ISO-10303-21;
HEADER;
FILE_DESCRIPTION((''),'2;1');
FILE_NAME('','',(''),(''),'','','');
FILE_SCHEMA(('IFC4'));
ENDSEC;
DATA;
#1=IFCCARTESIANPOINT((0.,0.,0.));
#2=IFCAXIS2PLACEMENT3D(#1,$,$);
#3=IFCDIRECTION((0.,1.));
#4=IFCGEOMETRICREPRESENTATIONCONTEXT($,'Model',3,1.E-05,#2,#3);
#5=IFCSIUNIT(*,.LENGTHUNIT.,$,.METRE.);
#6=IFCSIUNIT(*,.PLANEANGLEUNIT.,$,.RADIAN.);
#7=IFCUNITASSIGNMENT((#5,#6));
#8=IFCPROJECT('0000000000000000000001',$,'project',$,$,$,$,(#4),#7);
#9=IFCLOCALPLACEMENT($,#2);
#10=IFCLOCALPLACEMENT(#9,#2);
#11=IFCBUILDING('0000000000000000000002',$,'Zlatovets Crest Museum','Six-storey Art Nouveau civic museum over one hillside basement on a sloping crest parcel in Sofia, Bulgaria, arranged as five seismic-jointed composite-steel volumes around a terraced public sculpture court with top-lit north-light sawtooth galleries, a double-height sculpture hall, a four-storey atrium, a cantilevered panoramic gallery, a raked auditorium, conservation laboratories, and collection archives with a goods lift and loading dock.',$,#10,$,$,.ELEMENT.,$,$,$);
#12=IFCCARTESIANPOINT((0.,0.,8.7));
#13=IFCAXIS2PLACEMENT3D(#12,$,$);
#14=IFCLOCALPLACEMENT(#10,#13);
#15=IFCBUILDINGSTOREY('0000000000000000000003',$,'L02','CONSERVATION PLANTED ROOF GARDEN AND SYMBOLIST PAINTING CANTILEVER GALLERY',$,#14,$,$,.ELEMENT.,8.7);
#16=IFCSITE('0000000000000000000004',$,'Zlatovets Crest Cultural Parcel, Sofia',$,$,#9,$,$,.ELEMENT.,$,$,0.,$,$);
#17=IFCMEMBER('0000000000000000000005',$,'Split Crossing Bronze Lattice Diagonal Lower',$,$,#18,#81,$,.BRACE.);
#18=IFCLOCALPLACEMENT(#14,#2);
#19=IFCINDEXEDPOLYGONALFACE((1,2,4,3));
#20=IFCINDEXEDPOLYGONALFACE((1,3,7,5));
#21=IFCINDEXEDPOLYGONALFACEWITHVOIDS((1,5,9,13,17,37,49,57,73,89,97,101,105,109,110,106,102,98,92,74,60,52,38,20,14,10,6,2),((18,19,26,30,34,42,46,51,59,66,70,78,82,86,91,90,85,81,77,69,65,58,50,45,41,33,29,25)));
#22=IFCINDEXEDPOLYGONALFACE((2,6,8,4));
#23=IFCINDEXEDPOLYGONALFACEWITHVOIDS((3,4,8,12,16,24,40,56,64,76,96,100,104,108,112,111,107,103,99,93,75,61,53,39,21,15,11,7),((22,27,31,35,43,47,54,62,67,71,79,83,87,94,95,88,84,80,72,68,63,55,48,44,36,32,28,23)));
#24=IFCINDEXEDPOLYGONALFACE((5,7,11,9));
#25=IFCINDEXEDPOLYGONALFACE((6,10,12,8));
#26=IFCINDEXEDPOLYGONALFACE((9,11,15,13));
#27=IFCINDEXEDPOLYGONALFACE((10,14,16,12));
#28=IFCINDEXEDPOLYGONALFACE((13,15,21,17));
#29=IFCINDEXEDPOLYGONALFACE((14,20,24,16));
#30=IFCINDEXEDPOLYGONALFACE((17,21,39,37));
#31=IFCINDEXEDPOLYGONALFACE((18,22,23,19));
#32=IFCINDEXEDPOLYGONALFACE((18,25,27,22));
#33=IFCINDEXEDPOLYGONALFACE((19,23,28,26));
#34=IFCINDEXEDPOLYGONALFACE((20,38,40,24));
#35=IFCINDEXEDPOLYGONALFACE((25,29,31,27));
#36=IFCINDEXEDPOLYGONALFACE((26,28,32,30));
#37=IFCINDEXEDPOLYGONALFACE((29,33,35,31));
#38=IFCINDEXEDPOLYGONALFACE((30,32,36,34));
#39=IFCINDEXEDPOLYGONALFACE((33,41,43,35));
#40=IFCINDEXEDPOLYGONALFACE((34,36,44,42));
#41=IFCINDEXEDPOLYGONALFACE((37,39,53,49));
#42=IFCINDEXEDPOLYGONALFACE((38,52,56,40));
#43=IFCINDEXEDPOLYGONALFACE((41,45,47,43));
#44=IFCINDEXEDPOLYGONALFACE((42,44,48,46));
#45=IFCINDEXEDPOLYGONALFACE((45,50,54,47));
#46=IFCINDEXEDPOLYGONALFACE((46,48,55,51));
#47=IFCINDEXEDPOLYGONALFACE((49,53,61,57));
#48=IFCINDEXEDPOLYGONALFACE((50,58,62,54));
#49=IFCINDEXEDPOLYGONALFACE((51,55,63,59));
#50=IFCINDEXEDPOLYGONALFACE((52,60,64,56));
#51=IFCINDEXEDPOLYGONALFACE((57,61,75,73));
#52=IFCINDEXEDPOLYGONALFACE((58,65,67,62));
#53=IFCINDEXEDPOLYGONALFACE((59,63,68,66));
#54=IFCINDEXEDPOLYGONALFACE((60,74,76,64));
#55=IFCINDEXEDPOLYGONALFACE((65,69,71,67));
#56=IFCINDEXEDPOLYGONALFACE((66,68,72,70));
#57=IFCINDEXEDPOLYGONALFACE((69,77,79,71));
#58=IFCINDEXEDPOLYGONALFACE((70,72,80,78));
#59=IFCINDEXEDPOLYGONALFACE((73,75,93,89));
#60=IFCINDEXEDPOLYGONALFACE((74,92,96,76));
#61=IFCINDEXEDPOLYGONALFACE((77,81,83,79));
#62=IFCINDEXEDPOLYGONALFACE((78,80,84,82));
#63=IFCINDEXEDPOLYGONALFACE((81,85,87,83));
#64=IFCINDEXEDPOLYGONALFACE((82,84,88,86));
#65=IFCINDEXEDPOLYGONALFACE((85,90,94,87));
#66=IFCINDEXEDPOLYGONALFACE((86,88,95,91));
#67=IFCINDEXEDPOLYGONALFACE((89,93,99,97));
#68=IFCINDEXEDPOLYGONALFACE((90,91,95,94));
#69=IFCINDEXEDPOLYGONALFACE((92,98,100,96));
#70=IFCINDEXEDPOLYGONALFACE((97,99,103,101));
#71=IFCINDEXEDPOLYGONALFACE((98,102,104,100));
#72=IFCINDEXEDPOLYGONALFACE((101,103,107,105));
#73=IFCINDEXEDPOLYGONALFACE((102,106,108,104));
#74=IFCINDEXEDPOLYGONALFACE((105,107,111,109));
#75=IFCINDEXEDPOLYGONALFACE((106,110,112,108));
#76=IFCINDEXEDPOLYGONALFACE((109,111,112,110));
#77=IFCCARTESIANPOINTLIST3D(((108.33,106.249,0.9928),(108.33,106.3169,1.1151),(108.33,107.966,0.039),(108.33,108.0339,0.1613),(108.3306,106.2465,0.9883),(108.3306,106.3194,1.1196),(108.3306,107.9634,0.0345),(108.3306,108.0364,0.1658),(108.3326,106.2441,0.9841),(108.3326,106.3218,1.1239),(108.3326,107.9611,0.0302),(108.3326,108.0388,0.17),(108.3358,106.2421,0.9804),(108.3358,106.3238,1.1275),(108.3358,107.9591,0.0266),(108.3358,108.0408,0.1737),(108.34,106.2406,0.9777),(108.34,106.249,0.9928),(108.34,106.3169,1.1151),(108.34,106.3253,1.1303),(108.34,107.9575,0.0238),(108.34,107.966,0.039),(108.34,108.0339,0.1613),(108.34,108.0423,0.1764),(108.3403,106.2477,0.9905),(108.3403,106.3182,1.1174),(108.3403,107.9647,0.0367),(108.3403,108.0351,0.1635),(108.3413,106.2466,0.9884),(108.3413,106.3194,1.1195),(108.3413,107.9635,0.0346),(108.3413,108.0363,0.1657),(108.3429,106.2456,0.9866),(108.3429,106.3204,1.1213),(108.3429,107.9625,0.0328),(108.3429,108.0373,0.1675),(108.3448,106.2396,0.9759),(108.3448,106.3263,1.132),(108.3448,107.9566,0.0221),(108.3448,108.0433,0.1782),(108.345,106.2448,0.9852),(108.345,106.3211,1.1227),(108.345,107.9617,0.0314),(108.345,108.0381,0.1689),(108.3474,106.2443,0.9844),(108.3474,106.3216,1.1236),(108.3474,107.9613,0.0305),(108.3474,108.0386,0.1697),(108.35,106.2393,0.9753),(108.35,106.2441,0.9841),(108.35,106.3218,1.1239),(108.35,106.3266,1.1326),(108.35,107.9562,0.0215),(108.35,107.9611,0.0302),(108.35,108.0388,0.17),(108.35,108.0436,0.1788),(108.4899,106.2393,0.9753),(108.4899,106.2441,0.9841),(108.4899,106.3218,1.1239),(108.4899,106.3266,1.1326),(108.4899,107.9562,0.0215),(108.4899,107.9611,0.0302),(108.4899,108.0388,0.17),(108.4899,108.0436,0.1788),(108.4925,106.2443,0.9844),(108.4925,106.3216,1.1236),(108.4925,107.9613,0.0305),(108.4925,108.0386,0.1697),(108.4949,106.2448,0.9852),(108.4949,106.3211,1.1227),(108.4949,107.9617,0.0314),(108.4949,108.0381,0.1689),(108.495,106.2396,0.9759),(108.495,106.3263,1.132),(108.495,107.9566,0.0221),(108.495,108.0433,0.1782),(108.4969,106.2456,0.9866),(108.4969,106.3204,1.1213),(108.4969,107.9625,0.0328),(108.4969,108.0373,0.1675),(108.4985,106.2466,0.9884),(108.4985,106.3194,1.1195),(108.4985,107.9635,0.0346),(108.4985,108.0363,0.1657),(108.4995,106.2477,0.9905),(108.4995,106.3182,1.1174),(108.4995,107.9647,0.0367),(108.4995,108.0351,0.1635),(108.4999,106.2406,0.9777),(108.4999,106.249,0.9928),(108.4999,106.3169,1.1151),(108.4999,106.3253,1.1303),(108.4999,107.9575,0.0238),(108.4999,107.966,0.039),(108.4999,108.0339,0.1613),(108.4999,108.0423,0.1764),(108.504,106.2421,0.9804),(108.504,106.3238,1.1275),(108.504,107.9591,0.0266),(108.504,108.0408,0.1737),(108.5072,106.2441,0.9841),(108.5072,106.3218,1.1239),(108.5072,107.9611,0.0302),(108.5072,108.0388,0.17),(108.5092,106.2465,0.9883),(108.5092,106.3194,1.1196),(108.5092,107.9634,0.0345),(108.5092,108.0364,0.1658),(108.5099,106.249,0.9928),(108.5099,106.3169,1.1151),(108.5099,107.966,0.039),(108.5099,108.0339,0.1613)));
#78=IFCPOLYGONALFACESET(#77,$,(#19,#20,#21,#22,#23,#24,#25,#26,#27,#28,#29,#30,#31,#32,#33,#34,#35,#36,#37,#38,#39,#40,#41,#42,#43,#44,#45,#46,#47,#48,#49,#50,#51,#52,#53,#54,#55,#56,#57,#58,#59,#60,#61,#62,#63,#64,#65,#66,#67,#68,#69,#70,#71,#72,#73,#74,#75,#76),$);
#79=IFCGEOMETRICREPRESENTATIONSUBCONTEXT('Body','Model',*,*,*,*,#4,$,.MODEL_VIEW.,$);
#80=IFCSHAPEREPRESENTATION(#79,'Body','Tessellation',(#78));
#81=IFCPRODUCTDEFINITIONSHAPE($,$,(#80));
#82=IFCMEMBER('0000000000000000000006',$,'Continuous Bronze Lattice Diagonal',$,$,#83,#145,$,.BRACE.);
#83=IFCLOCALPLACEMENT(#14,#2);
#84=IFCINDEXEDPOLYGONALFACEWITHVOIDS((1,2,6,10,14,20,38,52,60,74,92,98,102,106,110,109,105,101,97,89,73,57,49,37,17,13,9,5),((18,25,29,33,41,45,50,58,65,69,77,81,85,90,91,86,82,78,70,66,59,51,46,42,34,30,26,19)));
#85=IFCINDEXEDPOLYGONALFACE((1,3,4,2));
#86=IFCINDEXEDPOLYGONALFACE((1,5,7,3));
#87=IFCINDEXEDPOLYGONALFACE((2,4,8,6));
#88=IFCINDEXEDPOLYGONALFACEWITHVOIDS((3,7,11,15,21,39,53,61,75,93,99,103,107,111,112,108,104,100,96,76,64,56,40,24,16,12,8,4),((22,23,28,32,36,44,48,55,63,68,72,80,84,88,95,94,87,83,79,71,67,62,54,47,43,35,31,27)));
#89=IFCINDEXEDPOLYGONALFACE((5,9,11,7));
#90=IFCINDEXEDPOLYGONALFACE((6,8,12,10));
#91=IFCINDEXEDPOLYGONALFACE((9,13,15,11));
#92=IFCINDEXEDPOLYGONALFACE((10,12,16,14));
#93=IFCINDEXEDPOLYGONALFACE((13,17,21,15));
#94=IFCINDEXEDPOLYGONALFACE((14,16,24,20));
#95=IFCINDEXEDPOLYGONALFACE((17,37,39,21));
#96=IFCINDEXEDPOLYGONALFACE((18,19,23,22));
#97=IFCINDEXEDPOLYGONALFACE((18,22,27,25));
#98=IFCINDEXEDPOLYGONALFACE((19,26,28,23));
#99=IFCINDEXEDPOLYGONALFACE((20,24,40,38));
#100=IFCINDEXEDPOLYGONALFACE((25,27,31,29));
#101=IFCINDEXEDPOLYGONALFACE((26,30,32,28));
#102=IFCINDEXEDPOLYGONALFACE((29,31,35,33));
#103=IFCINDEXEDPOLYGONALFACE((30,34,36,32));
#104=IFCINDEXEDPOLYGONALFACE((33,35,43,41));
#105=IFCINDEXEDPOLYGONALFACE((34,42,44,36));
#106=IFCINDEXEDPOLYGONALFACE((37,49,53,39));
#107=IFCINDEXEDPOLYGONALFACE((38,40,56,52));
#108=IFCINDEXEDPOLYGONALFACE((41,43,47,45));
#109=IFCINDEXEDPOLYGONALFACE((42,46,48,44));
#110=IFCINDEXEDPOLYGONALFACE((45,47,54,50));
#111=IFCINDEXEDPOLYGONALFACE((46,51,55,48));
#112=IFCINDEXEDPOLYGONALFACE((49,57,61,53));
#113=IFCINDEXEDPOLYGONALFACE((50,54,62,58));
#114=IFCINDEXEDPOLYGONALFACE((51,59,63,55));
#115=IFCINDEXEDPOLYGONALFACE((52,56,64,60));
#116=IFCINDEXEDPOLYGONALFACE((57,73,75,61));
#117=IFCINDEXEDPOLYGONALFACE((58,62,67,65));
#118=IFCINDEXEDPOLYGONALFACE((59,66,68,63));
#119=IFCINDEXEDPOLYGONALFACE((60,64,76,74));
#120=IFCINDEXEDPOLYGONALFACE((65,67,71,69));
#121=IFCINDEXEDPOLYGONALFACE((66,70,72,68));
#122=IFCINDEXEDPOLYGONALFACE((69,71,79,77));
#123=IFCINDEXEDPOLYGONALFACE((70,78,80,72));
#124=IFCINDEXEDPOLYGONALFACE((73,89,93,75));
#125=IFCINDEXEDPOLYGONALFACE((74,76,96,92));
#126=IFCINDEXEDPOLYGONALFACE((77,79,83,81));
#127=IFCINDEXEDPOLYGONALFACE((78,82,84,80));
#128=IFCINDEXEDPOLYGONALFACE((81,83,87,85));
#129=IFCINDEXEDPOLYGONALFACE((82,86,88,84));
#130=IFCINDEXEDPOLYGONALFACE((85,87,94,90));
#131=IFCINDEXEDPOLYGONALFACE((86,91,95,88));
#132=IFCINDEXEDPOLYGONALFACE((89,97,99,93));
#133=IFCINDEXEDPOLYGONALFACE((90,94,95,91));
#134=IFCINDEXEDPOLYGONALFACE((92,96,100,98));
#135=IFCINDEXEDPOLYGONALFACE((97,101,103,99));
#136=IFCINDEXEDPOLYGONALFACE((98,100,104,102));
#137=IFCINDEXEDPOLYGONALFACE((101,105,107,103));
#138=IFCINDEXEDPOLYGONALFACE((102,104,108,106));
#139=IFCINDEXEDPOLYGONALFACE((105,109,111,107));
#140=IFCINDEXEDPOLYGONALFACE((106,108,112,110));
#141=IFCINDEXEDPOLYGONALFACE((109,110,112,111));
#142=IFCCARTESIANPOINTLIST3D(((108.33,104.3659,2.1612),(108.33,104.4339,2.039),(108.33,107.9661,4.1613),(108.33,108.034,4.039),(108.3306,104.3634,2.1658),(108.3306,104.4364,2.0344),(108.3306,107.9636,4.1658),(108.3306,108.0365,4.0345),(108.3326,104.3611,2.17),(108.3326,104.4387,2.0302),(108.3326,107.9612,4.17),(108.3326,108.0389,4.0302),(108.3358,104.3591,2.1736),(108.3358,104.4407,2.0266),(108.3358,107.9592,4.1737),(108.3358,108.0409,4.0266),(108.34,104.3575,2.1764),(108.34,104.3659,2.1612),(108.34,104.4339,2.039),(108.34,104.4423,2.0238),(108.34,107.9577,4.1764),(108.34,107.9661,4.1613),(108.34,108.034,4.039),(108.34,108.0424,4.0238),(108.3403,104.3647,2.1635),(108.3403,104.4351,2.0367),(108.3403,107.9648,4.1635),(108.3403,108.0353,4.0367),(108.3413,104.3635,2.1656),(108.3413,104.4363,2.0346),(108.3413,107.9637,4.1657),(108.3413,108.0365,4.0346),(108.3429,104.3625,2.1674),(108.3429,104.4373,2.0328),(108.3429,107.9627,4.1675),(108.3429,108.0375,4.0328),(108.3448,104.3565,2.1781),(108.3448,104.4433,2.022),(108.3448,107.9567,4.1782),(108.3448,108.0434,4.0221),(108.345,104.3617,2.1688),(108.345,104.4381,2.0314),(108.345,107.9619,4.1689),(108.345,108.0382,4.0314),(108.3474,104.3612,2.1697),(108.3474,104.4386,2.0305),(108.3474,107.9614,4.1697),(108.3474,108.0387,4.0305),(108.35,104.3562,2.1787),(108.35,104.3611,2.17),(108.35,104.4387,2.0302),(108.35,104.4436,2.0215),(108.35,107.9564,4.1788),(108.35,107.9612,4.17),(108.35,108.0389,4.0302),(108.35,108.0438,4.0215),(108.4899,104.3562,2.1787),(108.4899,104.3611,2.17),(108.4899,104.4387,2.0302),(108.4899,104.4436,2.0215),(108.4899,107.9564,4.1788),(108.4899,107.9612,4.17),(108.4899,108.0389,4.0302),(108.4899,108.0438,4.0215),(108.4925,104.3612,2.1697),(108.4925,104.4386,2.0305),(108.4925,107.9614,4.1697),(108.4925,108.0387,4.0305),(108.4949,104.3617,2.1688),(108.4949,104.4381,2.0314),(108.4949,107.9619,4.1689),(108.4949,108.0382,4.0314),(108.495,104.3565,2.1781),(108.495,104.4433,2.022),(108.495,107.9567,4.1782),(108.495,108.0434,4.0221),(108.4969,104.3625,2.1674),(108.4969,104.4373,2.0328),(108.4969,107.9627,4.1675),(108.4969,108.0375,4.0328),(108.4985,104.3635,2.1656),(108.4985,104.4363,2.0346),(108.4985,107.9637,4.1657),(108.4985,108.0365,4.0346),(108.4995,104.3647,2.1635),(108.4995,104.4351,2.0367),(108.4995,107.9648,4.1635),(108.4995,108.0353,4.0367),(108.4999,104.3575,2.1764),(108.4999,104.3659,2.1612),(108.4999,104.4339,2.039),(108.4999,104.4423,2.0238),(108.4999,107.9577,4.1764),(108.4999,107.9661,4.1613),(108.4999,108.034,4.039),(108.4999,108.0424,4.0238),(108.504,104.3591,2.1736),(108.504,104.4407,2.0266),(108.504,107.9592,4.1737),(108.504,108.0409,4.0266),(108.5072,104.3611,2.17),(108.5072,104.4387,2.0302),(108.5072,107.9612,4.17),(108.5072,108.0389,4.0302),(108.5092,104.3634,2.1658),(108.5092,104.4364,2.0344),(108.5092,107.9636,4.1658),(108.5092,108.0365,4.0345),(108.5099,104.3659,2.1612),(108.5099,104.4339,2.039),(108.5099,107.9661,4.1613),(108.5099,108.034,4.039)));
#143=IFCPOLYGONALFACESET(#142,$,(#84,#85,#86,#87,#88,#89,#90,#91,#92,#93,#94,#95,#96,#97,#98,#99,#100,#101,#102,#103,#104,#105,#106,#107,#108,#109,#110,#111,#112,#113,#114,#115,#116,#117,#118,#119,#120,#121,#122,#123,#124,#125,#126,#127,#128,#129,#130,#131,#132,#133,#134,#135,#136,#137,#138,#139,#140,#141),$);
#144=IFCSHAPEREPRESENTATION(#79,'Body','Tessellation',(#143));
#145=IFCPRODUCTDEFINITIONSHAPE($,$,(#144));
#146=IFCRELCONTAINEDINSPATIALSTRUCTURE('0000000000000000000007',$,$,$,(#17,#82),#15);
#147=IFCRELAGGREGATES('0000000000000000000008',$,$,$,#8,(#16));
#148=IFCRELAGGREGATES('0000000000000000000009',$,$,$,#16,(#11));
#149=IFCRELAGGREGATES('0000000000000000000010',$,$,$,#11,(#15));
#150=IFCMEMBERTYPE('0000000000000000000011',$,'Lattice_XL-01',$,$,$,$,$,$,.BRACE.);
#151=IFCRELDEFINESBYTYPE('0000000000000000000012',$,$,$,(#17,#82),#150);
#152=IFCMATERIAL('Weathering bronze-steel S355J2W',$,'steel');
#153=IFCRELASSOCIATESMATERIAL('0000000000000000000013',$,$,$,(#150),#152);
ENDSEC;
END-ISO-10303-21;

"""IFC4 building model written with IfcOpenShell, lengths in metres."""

from ifc_helpers import new_model, si_unit, direction, frame, origin, origin_2d, place, context, subcontext, project, spatial, hollow_rectangle, extrude, material, material_profile, profile_set, type_object, element, save


model = new_model("IFC4")

# Units and contexts
model_context = context("Model", 3, precision=1e-05, world=origin(), true_north=direction((0.0, 1.0)))
body_context = subcontext(model_context, "Body", "Model", "MODEL_VIEW")
ifc_project = project(units=[si_unit("LENGTHUNIT", "METRE"), si_unit("PLANEANGLEUNIT", "RADIAN")], contexts=[model_context])

# Site, building, storey
site_placement = place(None, origin())
site = spatial("IfcSite", under=ifc_project, at=site_placement, Name="Zlatovets Crest Cultural Parcel, Sofia", CompositionType="ELEMENT", RefElevation=0.0)
building_placement = place(site_placement, origin())
building = spatial("IfcBuilding", under=site, at=building_placement, Name="Zlatovets Crest Museum", Description="Six-storey Art Nouveau civic museum over one hillside basement on a sloping crest parcel in Sofia, Bulgaria, arranged as five seismic-jointed composite-steel volumes around a terraced public sculpture court with top-lit north-light sawtooth galleries, a double-height sculpture hall, a four-storey atrium, a cantilevered panoramic gallery, a raked auditorium, conservation laboratories, and collection archives with a goods lift and loading dock.", CompositionType="ELEMENT")
storey_placement = place(building_placement, frame((0.0, 0.0, 8.7)))
storey = spatial("IfcBuildingStorey", under=building, at=storey_placement, Name="L02", Description="CONSERVATION PLANTED ROOF GARDEN AND SYMBOLIST PAINTING CANTILEVER GALLERY", CompositionType="ELEMENT", Elevation=8.7)

# Members
ifc_material_1 = material(Name="Weathering bronze-steel S355J2W", Category="steel")
ifc_material_profile_1 = material_profile(ifc_material_1, hollow_rectangle(XDim=0.1799, YDim=0.1799, WallThickness=0.01, InnerFilletRadius=0.01, OuterFilletRadius=0.02, at=origin_2d()), Name="SHS 180x180x10.0")
ifc_profile_set_1 = profile_set([ifc_material_profile_1], Name="Weathering bronze-steel S355J2W")
member_type_1 = type_object("IfcMemberType", Name="Lattice_XL-01", PredefinedType="BRACE", material=ifc_profile_set_1)
for number, where, z_axis, x_axis, name in (
    (1, (108.4199, 106.283, 1.054), (0.0, 0.874169, -0.485622), (-1.0, 0.0, 0.0), "Split Crossing Bronze Lattice Diagonal Lower"),
):
    element("IfcMember", number, at=place(storey_placement, frame(where, z_axis=z_axis, x_axis=x_axis)), inside=storey, type_object=member_type_1, Name=name, PredefinedType="BRACE", context=body_context, shape_type="SweptSolid", body=[
        extrude(hollow_rectangle(XDim=0.1799, YDim=0.1799, WallThickness=0.01, InnerFilletRadius=0.01, OuterFilletRadius=0.02, at=origin_2d()), origin(), (0.0, 0.0, 1.0), 1.9641),
    ])
member_1_placement = place(storey_placement, frame((108.4199, 104.3999, 2.1001), z_axis=(0.0, 0.874163, 0.485633), x_axis=(-1.0, 0.0, 0.0)))
element("IfcMember", 2, at=member_1_placement, inside=storey, type_object=member_type_1, Name="Continuous Bronze Lattice Diagonal", PredefinedType="BRACE", context=body_context, shape_type="SweptSolid", body=[
    extrude(hollow_rectangle(XDim=0.1799, YDim=0.1799, WallThickness=0.01, InnerFilletRadius=0.01, OuterFilletRadius=0.02, at=origin_2d()), origin(), (0.0, 0.0, 1.0), 4.1184),
])

save(model, "model.ifc")
